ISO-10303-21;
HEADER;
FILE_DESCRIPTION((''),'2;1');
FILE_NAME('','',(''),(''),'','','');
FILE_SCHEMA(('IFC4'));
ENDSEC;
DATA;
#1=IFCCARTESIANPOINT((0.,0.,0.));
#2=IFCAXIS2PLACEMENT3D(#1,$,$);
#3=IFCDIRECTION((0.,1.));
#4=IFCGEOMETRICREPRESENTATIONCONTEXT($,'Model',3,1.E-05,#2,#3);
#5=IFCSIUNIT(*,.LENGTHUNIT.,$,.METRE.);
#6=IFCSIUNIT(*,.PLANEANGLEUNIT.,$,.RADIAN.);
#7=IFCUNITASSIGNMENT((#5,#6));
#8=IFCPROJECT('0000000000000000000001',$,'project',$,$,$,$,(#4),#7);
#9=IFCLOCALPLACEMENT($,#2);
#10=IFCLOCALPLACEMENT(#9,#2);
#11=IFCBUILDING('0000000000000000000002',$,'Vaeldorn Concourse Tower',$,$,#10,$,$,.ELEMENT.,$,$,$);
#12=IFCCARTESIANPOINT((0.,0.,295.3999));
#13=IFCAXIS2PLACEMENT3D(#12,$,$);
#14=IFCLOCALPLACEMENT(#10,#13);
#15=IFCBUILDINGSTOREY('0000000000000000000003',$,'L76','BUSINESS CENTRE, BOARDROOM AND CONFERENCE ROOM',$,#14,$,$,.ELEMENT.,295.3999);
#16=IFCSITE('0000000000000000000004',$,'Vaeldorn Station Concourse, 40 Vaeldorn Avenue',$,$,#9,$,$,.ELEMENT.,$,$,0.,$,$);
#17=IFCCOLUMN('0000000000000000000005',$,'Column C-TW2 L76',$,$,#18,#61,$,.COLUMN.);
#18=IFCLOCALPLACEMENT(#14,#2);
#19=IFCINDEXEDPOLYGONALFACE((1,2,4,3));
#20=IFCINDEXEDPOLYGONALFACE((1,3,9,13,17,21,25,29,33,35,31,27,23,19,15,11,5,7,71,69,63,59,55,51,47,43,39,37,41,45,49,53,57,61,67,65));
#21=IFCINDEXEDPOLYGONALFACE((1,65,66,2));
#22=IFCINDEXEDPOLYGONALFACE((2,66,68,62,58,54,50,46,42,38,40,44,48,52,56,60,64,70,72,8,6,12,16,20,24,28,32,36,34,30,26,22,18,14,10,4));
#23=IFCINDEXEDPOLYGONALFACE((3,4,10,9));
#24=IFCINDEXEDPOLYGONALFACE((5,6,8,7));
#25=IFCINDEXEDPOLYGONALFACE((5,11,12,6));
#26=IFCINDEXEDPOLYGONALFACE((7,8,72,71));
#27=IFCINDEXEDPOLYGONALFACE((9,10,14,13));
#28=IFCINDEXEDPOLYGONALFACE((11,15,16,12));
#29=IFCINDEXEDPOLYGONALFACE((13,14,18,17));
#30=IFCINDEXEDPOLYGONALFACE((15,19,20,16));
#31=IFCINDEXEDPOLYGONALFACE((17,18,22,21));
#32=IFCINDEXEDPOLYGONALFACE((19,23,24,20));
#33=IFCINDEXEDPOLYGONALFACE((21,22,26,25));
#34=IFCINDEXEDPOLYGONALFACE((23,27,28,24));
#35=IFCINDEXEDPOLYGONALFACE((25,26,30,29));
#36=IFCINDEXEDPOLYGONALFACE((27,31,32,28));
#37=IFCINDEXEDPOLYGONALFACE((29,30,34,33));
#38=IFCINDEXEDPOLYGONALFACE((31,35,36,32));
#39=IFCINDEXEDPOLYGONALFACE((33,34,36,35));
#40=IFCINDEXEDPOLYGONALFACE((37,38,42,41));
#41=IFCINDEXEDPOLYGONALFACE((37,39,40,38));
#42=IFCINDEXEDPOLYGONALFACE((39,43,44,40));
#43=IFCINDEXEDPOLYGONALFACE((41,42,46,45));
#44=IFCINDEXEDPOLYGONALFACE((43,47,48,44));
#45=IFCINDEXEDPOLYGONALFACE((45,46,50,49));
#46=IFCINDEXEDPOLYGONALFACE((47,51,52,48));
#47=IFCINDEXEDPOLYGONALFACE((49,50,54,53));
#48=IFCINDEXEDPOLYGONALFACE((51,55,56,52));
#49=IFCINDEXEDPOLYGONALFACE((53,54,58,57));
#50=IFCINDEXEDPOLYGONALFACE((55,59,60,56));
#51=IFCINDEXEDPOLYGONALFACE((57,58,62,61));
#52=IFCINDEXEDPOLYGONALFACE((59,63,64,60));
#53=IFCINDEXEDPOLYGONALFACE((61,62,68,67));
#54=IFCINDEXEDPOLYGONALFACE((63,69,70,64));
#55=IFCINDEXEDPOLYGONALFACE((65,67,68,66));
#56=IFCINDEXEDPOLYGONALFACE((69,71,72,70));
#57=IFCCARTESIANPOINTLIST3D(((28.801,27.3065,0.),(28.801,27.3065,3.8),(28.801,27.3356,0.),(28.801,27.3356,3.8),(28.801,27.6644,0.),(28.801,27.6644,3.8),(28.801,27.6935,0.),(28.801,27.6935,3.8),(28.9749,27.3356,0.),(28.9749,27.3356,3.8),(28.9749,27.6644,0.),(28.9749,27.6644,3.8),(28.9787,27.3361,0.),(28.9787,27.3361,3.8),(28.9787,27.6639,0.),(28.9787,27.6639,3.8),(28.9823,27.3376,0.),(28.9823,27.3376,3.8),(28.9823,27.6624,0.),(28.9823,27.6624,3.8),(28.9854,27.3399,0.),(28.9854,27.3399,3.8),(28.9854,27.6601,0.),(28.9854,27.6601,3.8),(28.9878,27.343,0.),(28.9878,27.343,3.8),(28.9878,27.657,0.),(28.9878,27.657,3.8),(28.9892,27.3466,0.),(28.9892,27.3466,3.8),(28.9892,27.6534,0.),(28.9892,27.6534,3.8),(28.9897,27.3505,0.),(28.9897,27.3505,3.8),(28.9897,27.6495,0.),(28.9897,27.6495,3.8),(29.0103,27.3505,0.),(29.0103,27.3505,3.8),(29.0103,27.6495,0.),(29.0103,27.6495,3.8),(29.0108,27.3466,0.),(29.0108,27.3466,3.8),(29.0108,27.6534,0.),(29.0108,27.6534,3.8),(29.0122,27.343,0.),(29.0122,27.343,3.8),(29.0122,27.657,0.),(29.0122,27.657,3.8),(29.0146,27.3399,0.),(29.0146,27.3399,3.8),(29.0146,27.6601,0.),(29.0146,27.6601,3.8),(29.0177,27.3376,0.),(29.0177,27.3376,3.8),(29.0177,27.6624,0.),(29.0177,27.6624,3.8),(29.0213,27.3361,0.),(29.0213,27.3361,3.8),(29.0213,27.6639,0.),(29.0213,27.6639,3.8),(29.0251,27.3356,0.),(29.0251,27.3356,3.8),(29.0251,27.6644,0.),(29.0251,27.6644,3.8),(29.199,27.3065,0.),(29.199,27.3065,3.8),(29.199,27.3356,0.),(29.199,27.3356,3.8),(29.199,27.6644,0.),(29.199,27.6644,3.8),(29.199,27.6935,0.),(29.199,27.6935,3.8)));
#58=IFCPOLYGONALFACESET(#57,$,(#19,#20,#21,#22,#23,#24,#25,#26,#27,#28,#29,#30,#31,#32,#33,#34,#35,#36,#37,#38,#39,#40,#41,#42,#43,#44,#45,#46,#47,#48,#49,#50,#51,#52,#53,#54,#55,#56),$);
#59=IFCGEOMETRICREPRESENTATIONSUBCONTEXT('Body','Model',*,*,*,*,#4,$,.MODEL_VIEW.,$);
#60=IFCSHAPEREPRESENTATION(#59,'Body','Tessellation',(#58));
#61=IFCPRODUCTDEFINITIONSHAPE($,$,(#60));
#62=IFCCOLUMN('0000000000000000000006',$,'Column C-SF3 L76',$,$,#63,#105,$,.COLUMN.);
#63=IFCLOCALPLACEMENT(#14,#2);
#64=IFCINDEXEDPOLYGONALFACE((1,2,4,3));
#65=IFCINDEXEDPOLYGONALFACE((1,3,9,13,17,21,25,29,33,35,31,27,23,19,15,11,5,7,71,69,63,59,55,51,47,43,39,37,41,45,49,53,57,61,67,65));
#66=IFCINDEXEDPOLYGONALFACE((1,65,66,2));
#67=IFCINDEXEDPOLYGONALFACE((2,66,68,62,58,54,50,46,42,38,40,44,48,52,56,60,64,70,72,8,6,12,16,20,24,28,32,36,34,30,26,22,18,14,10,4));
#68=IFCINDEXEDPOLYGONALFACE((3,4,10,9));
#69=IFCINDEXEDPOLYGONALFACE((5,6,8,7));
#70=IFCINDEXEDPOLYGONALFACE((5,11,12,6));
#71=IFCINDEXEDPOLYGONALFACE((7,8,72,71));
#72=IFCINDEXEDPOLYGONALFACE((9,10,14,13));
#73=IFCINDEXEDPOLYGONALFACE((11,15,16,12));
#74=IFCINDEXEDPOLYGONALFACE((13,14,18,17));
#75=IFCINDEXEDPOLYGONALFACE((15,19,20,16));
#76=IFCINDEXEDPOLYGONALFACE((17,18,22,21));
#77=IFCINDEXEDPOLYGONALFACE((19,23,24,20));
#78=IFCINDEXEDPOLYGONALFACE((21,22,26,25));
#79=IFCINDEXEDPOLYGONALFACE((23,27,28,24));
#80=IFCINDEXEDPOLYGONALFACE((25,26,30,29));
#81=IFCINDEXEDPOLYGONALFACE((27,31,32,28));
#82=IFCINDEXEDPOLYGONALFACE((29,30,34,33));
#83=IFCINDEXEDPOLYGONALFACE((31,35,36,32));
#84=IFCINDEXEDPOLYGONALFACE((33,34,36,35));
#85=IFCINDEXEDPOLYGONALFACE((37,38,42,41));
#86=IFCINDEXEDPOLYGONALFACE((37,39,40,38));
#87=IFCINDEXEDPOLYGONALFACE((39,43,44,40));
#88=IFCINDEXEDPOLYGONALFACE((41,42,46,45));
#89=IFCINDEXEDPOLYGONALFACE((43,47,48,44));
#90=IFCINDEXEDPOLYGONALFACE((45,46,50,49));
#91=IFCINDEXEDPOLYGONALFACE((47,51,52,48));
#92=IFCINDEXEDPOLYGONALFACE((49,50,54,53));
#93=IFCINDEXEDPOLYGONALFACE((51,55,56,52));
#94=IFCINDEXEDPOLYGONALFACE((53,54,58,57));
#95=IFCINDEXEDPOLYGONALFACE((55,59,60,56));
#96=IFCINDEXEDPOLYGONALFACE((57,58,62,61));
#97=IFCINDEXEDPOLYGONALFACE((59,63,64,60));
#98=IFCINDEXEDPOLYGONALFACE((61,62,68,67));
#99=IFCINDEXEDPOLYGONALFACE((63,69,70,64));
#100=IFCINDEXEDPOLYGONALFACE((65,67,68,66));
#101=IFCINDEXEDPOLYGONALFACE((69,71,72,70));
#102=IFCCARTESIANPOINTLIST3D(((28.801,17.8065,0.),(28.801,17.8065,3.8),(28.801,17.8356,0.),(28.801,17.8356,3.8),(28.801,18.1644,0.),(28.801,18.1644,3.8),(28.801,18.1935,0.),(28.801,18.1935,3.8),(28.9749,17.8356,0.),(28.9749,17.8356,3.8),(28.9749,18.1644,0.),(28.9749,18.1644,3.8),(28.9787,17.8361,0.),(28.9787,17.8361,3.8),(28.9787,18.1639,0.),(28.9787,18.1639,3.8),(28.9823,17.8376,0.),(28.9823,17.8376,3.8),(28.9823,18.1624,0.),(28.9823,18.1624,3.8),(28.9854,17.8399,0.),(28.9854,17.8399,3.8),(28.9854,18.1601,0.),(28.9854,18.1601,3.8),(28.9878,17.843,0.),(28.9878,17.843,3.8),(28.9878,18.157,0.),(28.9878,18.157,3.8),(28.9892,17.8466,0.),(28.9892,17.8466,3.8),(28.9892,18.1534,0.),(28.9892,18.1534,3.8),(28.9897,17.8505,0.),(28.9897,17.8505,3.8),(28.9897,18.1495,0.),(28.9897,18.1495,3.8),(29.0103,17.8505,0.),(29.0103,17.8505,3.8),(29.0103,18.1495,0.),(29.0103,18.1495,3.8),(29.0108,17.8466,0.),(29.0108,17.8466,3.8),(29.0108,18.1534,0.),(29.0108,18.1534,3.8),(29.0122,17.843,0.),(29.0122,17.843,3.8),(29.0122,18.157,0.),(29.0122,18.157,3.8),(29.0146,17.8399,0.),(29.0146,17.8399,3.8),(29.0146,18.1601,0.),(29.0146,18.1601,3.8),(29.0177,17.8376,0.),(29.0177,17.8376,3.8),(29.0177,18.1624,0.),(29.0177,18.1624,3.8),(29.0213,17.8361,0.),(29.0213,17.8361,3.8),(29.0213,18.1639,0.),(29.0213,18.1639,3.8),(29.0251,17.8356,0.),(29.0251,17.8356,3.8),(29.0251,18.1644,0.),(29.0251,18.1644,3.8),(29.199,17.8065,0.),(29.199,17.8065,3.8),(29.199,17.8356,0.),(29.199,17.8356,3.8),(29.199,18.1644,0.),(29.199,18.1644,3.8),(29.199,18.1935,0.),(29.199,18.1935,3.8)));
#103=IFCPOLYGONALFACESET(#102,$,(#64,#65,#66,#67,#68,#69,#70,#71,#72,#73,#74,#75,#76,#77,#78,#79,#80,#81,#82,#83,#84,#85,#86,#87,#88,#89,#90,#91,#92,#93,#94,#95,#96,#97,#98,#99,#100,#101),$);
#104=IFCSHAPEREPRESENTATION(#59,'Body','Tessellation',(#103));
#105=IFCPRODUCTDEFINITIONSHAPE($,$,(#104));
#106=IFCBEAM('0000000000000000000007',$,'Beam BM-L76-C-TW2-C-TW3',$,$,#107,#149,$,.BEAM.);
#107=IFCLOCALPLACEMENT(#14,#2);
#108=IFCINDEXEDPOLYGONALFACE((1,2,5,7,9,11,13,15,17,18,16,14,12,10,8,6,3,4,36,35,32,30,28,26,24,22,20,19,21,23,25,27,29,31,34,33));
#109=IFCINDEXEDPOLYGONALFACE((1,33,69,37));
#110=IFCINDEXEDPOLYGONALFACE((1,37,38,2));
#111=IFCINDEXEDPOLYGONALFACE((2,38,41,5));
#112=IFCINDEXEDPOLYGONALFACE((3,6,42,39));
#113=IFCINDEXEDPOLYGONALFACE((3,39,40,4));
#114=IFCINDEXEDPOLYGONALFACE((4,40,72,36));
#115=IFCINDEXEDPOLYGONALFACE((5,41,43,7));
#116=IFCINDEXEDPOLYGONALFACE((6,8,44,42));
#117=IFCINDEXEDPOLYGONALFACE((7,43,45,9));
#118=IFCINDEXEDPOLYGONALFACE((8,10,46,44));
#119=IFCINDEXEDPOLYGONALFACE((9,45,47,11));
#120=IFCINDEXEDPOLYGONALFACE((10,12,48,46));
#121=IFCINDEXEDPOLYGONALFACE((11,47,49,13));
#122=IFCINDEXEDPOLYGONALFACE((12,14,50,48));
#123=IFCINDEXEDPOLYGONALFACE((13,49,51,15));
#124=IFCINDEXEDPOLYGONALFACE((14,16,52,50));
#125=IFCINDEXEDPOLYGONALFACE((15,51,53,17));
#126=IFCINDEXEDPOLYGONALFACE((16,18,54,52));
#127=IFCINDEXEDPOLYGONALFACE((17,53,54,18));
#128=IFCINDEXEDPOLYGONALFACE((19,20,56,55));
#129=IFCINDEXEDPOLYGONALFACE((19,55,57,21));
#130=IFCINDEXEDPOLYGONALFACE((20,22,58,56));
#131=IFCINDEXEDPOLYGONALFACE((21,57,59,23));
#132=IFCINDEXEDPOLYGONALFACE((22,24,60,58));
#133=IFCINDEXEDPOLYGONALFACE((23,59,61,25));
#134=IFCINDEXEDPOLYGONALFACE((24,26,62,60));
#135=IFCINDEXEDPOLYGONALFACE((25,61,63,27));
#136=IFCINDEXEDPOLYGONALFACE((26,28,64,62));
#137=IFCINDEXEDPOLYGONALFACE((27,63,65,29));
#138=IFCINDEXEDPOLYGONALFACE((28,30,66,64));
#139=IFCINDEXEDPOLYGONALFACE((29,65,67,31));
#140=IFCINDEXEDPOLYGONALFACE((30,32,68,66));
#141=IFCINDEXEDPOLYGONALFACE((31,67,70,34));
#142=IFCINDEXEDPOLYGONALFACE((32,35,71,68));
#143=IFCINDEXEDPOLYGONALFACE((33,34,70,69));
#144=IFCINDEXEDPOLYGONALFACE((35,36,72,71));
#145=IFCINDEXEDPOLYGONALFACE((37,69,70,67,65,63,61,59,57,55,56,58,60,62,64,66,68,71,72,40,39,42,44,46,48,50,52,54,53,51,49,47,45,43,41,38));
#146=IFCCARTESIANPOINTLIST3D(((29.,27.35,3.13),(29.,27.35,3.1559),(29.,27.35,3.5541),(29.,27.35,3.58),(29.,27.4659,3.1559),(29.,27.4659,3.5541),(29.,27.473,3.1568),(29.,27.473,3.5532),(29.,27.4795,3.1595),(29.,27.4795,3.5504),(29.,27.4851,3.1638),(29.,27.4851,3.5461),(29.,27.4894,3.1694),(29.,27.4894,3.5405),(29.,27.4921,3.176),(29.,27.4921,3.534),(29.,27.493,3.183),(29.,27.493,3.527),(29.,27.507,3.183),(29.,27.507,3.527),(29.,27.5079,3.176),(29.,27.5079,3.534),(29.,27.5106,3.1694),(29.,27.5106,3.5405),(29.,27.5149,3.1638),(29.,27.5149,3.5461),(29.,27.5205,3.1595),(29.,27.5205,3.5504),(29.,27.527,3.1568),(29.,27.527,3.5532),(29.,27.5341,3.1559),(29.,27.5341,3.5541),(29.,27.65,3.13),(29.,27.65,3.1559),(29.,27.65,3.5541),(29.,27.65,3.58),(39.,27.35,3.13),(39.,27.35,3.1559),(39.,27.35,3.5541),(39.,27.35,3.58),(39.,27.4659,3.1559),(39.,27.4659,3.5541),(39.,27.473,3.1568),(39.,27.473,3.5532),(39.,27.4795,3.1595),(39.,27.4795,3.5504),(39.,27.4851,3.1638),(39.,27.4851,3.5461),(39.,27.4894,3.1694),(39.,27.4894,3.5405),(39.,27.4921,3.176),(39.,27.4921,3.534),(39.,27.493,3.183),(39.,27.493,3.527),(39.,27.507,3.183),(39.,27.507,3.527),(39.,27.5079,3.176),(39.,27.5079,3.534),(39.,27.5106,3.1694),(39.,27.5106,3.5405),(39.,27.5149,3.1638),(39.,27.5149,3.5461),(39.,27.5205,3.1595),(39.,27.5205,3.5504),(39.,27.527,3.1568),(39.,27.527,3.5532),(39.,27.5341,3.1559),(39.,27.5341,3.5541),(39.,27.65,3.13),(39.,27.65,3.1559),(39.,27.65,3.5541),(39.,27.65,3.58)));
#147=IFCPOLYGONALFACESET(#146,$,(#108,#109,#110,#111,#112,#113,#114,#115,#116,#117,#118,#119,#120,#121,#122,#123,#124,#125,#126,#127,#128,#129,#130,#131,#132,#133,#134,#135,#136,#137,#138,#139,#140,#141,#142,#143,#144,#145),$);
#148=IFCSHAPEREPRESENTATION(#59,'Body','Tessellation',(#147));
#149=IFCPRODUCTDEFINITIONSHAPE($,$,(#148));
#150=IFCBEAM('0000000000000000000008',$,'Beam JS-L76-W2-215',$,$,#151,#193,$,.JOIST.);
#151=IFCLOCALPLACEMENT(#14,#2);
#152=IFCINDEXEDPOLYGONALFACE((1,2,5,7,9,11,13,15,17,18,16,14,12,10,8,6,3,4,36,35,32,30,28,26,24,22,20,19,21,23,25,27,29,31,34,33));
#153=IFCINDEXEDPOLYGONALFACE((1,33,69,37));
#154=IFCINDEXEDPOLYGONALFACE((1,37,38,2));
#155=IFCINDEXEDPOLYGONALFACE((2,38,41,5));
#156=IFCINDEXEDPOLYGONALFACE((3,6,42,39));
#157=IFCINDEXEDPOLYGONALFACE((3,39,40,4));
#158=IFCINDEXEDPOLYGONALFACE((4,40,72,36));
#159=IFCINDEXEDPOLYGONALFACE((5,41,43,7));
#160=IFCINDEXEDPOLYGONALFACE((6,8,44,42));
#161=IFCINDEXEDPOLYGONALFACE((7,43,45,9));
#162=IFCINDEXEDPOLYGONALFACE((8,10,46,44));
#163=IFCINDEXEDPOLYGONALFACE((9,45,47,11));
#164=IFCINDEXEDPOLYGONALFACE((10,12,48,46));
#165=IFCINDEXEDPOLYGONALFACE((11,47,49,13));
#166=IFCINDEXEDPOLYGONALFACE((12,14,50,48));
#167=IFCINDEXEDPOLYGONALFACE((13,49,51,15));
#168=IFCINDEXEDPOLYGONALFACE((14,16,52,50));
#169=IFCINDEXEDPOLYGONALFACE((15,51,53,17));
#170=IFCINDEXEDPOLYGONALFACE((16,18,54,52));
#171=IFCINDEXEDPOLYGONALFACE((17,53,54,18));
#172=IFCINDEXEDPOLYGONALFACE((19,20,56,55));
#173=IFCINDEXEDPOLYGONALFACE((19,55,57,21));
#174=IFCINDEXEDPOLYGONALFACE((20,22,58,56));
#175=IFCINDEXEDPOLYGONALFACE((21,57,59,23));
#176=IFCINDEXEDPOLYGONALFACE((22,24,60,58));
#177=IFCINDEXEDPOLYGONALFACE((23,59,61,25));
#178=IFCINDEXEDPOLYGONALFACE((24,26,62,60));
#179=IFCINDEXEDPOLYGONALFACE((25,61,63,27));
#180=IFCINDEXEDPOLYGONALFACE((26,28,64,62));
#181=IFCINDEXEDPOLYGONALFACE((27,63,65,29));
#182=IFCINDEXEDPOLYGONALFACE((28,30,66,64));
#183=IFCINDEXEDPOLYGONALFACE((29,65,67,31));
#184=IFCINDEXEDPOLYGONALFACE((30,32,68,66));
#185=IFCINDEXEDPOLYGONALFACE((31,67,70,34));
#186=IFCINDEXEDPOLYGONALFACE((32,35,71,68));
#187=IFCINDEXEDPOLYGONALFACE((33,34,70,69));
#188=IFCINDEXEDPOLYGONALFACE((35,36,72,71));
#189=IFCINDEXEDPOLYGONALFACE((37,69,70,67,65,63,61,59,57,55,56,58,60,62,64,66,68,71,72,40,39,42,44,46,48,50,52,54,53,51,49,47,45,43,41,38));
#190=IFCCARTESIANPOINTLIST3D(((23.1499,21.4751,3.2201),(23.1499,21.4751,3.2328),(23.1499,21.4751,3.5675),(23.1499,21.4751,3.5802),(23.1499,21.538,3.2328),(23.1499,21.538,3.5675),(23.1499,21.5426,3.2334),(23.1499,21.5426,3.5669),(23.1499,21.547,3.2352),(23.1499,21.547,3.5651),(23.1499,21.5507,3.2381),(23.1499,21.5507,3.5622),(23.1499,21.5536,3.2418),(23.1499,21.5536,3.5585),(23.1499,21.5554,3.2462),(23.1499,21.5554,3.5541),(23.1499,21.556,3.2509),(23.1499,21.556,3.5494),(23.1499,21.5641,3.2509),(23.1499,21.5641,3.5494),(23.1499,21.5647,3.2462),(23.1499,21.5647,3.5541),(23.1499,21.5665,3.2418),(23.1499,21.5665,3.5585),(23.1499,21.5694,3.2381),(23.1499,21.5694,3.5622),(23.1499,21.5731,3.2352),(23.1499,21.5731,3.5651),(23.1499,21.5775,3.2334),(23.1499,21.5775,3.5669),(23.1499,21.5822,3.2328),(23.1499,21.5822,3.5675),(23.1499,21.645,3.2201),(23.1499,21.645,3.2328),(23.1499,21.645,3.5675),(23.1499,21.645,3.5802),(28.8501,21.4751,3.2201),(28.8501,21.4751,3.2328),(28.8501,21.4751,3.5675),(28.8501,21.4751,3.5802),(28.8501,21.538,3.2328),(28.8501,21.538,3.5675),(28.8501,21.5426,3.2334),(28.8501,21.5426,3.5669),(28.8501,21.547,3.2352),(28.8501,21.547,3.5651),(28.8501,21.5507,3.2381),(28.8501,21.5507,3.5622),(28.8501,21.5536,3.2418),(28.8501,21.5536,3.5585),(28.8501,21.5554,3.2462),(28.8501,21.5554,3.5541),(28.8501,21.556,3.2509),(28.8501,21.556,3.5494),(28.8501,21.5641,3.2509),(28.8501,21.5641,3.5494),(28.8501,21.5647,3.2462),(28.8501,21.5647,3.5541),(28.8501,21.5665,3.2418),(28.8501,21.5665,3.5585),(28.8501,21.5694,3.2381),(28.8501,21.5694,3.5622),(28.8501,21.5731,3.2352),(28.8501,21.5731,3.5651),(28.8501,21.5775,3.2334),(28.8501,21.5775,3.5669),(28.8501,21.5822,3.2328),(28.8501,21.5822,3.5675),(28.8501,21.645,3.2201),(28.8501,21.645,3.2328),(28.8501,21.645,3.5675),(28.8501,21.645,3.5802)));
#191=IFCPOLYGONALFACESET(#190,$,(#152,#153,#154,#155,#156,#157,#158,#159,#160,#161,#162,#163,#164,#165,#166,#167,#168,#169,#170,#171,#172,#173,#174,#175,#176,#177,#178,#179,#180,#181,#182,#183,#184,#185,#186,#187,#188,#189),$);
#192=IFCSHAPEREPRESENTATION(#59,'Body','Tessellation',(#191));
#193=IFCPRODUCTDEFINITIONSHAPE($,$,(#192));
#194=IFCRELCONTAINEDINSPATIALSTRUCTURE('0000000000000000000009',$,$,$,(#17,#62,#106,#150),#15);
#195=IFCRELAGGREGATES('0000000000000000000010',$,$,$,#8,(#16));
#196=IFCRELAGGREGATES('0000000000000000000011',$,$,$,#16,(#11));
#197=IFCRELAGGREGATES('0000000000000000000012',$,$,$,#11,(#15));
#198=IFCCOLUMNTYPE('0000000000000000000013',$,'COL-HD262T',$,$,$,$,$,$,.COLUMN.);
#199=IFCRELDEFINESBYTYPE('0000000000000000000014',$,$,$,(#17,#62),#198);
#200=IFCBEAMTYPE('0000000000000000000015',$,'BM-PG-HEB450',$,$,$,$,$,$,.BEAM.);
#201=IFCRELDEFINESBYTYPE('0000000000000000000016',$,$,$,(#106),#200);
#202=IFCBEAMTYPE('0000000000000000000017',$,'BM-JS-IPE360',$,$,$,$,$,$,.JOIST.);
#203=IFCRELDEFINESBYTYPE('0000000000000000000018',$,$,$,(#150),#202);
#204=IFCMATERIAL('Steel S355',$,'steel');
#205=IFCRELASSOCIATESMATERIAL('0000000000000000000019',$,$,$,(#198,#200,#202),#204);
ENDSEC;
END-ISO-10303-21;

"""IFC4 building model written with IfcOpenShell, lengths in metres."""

from ifc_helpers import new_model, si_unit, direction, frame, origin, origin_2d, place, context, subcontext, project, spatial, i_section, extrude, source, transform, mapped, material, material_profile, profile_set, type_object, element, save


model = new_model("IFC4")

# Units and contexts
model_context = context("Model", 3, precision=1e-05, world=origin(), true_north=direction((0.0, 1.0)))
body_context = subcontext(model_context, "Body", "Model", "MODEL_VIEW")
ifc_project = project(units=[si_unit("LENGTHUNIT", "METRE"), si_unit("PLANEANGLEUNIT", "RADIAN")], contexts=[model_context])

# Site, building, storey
site_placement = place(None, origin())
site = spatial("IfcSite", under=ifc_project, at=site_placement, Name="Vaeldorn Station Concourse, 40 Vaeldorn Avenue", CompositionType="ELEMENT", RefElevation=0.0)
building_placement = place(site_placement, origin())
building = spatial("IfcBuilding", under=site, at=building_placement, Name="Vaeldorn Concourse Tower", CompositionType="ELEMENT")
storey_placement = place(building_placement, frame((0.0, 0.0, 295.3999)))
storey = spatial("IfcBuildingStorey", under=building, at=storey_placement, Name="L76", Description="BUSINESS CENTRE, BOARDROOM AND CONFERENCE ROOM", CompositionType="ELEMENT", Elevation=295.3999)

# Columns
ifc_material_1 = material(Name="Steel S355", Category="steel")
ifc_material_profile_1 = material_profile(ifc_material_1, i_section(OverallWidth=0.3979, OverallDepth=0.387, WebThickness=0.0205, FlangeThickness=0.0291, FilletRadius=0.0149, at=origin_2d()), Name="HD 400x262")
ifc_profile_set_1 = profile_set([ifc_material_profile_1], Name="Steel S355")
column_type = type_object("IfcColumnType", Name="COL-HD262T", PredefinedType="COLUMN", material=ifc_profile_set_1)
shared_shape_1 = source(origin(), body_context, "Body", "SweptSolid", [
    extrude(i_section(OverallWidth=0.3979, OverallDepth=0.387, WebThickness=0.0205, FlangeThickness=0.0291, FilletRadius=0.0149, at=origin_2d()), origin(), (0.0, 0.0, 1.0), 3.8),
])
for number, where, z_axis, x_axis, name in (
    (1, (29.0, 27.5, 0.0), (0.0, 0.0, 1.0), (1.0, 0.0, 0.0), "Column C-TW2 L76"),
    (2, (29.0, 18.0, 0.0), (0.0, 0.0, 1.0), (1.0, 0.0, 0.0), "Column C-SF3 L76"),
):
    element("IfcColumn", number, at=place(storey_placement, frame(where, z_axis=z_axis, x_axis=x_axis)), inside=storey, type_object=column_type, Name=name, PredefinedType="COLUMN", context=body_context, shape_type="MappedRepresentation", body=[
        mapped(shared_shape_1, transform((0.0, 0.0, 0.0), scale=1.0)),
    ])

# Beams
ifc_material_profile_2 = material_profile(ifc_material_1, i_section(OverallWidth=0.3, OverallDepth=0.45, WebThickness=0.0139, FlangeThickness=0.0259, FilletRadius=0.0271, at=origin_2d()), Name="HEB 450")
ifc_profile_set_2 = profile_set([ifc_material_profile_2], Name="Steel S355")
beam_type_1 = type_object("IfcBeamType", Name="BM-PG-HEB450", PredefinedType="BEAM", material=ifc_profile_set_2)
shared_shape_2 = source(origin(), body_context, "Body", "SweptSolid", [
    extrude(i_section(OverallWidth=0.3, OverallDepth=0.45, WebThickness=0.0139, FlangeThickness=0.0259, FilletRadius=0.0271, at=origin_2d()), origin(), (0.0, 0.0, 1.0), 10.0),
])
beam_1_placement = place(storey_placement, frame((29.0, 27.5, 3.355), z_axis=(1.0, 0.0, 0.0), x_axis=(0.0, 1.0, 0.0)))
element("IfcBeam", 3, at=beam_1_placement, inside=storey, type_object=beam_type_1, Name="Beam BM-L76-C-TW2-C-TW3", PredefinedType="BEAM", context=body_context, shape_type="MappedRepresentation", body=[
    mapped(shared_shape_2, transform((0.0, 0.0, 0.0), scale=1.0)),
])
ifc_material_profile_3 = material_profile(ifc_material_1, i_section(OverallWidth=0.1699, OverallDepth=0.3601, WebThickness=0.0081, FlangeThickness=0.0127, FilletRadius=0.0181, at=origin_2d()), Name="IPE 360")
ifc_profile_set_3 = profile_set([ifc_material_profile_3], Name="Steel S355")
beam_type_2 = type_object("IfcBeamType", Name="BM-JS-IPE360", PredefinedType="JOIST", material=ifc_profile_set_3)
shared_shape_3 = source(origin(), body_context, "Body", "SweptSolid", [
    extrude(i_section(OverallWidth=0.1699, OverallDepth=0.3601, WebThickness=0.0081, FlangeThickness=0.0127, FilletRadius=0.0181, at=origin_2d()), origin(), (0.0, 0.0, 1.0), 5.7002),
])
for number, where, z_axis, x_axis, name in (
    (4, (23.1499, 21.5601, 3.4001), (1.0, 0.0, 0.0), (0.0, 1.0, 0.0), "Beam JS-L76-W2-215"),
):
    element("IfcBeam", number, at=place(storey_placement, frame(where, z_axis=z_axis, x_axis=x_axis)), inside=storey, type_object=beam_type_2, Name=name, PredefinedType="JOIST", context=body_context, shape_type="MappedRepresentation", body=[
        mapped(shared_shape_3, transform((0.0, 0.0, 0.0), scale=1.0)),
    ])

save(model, "model.ifc")
